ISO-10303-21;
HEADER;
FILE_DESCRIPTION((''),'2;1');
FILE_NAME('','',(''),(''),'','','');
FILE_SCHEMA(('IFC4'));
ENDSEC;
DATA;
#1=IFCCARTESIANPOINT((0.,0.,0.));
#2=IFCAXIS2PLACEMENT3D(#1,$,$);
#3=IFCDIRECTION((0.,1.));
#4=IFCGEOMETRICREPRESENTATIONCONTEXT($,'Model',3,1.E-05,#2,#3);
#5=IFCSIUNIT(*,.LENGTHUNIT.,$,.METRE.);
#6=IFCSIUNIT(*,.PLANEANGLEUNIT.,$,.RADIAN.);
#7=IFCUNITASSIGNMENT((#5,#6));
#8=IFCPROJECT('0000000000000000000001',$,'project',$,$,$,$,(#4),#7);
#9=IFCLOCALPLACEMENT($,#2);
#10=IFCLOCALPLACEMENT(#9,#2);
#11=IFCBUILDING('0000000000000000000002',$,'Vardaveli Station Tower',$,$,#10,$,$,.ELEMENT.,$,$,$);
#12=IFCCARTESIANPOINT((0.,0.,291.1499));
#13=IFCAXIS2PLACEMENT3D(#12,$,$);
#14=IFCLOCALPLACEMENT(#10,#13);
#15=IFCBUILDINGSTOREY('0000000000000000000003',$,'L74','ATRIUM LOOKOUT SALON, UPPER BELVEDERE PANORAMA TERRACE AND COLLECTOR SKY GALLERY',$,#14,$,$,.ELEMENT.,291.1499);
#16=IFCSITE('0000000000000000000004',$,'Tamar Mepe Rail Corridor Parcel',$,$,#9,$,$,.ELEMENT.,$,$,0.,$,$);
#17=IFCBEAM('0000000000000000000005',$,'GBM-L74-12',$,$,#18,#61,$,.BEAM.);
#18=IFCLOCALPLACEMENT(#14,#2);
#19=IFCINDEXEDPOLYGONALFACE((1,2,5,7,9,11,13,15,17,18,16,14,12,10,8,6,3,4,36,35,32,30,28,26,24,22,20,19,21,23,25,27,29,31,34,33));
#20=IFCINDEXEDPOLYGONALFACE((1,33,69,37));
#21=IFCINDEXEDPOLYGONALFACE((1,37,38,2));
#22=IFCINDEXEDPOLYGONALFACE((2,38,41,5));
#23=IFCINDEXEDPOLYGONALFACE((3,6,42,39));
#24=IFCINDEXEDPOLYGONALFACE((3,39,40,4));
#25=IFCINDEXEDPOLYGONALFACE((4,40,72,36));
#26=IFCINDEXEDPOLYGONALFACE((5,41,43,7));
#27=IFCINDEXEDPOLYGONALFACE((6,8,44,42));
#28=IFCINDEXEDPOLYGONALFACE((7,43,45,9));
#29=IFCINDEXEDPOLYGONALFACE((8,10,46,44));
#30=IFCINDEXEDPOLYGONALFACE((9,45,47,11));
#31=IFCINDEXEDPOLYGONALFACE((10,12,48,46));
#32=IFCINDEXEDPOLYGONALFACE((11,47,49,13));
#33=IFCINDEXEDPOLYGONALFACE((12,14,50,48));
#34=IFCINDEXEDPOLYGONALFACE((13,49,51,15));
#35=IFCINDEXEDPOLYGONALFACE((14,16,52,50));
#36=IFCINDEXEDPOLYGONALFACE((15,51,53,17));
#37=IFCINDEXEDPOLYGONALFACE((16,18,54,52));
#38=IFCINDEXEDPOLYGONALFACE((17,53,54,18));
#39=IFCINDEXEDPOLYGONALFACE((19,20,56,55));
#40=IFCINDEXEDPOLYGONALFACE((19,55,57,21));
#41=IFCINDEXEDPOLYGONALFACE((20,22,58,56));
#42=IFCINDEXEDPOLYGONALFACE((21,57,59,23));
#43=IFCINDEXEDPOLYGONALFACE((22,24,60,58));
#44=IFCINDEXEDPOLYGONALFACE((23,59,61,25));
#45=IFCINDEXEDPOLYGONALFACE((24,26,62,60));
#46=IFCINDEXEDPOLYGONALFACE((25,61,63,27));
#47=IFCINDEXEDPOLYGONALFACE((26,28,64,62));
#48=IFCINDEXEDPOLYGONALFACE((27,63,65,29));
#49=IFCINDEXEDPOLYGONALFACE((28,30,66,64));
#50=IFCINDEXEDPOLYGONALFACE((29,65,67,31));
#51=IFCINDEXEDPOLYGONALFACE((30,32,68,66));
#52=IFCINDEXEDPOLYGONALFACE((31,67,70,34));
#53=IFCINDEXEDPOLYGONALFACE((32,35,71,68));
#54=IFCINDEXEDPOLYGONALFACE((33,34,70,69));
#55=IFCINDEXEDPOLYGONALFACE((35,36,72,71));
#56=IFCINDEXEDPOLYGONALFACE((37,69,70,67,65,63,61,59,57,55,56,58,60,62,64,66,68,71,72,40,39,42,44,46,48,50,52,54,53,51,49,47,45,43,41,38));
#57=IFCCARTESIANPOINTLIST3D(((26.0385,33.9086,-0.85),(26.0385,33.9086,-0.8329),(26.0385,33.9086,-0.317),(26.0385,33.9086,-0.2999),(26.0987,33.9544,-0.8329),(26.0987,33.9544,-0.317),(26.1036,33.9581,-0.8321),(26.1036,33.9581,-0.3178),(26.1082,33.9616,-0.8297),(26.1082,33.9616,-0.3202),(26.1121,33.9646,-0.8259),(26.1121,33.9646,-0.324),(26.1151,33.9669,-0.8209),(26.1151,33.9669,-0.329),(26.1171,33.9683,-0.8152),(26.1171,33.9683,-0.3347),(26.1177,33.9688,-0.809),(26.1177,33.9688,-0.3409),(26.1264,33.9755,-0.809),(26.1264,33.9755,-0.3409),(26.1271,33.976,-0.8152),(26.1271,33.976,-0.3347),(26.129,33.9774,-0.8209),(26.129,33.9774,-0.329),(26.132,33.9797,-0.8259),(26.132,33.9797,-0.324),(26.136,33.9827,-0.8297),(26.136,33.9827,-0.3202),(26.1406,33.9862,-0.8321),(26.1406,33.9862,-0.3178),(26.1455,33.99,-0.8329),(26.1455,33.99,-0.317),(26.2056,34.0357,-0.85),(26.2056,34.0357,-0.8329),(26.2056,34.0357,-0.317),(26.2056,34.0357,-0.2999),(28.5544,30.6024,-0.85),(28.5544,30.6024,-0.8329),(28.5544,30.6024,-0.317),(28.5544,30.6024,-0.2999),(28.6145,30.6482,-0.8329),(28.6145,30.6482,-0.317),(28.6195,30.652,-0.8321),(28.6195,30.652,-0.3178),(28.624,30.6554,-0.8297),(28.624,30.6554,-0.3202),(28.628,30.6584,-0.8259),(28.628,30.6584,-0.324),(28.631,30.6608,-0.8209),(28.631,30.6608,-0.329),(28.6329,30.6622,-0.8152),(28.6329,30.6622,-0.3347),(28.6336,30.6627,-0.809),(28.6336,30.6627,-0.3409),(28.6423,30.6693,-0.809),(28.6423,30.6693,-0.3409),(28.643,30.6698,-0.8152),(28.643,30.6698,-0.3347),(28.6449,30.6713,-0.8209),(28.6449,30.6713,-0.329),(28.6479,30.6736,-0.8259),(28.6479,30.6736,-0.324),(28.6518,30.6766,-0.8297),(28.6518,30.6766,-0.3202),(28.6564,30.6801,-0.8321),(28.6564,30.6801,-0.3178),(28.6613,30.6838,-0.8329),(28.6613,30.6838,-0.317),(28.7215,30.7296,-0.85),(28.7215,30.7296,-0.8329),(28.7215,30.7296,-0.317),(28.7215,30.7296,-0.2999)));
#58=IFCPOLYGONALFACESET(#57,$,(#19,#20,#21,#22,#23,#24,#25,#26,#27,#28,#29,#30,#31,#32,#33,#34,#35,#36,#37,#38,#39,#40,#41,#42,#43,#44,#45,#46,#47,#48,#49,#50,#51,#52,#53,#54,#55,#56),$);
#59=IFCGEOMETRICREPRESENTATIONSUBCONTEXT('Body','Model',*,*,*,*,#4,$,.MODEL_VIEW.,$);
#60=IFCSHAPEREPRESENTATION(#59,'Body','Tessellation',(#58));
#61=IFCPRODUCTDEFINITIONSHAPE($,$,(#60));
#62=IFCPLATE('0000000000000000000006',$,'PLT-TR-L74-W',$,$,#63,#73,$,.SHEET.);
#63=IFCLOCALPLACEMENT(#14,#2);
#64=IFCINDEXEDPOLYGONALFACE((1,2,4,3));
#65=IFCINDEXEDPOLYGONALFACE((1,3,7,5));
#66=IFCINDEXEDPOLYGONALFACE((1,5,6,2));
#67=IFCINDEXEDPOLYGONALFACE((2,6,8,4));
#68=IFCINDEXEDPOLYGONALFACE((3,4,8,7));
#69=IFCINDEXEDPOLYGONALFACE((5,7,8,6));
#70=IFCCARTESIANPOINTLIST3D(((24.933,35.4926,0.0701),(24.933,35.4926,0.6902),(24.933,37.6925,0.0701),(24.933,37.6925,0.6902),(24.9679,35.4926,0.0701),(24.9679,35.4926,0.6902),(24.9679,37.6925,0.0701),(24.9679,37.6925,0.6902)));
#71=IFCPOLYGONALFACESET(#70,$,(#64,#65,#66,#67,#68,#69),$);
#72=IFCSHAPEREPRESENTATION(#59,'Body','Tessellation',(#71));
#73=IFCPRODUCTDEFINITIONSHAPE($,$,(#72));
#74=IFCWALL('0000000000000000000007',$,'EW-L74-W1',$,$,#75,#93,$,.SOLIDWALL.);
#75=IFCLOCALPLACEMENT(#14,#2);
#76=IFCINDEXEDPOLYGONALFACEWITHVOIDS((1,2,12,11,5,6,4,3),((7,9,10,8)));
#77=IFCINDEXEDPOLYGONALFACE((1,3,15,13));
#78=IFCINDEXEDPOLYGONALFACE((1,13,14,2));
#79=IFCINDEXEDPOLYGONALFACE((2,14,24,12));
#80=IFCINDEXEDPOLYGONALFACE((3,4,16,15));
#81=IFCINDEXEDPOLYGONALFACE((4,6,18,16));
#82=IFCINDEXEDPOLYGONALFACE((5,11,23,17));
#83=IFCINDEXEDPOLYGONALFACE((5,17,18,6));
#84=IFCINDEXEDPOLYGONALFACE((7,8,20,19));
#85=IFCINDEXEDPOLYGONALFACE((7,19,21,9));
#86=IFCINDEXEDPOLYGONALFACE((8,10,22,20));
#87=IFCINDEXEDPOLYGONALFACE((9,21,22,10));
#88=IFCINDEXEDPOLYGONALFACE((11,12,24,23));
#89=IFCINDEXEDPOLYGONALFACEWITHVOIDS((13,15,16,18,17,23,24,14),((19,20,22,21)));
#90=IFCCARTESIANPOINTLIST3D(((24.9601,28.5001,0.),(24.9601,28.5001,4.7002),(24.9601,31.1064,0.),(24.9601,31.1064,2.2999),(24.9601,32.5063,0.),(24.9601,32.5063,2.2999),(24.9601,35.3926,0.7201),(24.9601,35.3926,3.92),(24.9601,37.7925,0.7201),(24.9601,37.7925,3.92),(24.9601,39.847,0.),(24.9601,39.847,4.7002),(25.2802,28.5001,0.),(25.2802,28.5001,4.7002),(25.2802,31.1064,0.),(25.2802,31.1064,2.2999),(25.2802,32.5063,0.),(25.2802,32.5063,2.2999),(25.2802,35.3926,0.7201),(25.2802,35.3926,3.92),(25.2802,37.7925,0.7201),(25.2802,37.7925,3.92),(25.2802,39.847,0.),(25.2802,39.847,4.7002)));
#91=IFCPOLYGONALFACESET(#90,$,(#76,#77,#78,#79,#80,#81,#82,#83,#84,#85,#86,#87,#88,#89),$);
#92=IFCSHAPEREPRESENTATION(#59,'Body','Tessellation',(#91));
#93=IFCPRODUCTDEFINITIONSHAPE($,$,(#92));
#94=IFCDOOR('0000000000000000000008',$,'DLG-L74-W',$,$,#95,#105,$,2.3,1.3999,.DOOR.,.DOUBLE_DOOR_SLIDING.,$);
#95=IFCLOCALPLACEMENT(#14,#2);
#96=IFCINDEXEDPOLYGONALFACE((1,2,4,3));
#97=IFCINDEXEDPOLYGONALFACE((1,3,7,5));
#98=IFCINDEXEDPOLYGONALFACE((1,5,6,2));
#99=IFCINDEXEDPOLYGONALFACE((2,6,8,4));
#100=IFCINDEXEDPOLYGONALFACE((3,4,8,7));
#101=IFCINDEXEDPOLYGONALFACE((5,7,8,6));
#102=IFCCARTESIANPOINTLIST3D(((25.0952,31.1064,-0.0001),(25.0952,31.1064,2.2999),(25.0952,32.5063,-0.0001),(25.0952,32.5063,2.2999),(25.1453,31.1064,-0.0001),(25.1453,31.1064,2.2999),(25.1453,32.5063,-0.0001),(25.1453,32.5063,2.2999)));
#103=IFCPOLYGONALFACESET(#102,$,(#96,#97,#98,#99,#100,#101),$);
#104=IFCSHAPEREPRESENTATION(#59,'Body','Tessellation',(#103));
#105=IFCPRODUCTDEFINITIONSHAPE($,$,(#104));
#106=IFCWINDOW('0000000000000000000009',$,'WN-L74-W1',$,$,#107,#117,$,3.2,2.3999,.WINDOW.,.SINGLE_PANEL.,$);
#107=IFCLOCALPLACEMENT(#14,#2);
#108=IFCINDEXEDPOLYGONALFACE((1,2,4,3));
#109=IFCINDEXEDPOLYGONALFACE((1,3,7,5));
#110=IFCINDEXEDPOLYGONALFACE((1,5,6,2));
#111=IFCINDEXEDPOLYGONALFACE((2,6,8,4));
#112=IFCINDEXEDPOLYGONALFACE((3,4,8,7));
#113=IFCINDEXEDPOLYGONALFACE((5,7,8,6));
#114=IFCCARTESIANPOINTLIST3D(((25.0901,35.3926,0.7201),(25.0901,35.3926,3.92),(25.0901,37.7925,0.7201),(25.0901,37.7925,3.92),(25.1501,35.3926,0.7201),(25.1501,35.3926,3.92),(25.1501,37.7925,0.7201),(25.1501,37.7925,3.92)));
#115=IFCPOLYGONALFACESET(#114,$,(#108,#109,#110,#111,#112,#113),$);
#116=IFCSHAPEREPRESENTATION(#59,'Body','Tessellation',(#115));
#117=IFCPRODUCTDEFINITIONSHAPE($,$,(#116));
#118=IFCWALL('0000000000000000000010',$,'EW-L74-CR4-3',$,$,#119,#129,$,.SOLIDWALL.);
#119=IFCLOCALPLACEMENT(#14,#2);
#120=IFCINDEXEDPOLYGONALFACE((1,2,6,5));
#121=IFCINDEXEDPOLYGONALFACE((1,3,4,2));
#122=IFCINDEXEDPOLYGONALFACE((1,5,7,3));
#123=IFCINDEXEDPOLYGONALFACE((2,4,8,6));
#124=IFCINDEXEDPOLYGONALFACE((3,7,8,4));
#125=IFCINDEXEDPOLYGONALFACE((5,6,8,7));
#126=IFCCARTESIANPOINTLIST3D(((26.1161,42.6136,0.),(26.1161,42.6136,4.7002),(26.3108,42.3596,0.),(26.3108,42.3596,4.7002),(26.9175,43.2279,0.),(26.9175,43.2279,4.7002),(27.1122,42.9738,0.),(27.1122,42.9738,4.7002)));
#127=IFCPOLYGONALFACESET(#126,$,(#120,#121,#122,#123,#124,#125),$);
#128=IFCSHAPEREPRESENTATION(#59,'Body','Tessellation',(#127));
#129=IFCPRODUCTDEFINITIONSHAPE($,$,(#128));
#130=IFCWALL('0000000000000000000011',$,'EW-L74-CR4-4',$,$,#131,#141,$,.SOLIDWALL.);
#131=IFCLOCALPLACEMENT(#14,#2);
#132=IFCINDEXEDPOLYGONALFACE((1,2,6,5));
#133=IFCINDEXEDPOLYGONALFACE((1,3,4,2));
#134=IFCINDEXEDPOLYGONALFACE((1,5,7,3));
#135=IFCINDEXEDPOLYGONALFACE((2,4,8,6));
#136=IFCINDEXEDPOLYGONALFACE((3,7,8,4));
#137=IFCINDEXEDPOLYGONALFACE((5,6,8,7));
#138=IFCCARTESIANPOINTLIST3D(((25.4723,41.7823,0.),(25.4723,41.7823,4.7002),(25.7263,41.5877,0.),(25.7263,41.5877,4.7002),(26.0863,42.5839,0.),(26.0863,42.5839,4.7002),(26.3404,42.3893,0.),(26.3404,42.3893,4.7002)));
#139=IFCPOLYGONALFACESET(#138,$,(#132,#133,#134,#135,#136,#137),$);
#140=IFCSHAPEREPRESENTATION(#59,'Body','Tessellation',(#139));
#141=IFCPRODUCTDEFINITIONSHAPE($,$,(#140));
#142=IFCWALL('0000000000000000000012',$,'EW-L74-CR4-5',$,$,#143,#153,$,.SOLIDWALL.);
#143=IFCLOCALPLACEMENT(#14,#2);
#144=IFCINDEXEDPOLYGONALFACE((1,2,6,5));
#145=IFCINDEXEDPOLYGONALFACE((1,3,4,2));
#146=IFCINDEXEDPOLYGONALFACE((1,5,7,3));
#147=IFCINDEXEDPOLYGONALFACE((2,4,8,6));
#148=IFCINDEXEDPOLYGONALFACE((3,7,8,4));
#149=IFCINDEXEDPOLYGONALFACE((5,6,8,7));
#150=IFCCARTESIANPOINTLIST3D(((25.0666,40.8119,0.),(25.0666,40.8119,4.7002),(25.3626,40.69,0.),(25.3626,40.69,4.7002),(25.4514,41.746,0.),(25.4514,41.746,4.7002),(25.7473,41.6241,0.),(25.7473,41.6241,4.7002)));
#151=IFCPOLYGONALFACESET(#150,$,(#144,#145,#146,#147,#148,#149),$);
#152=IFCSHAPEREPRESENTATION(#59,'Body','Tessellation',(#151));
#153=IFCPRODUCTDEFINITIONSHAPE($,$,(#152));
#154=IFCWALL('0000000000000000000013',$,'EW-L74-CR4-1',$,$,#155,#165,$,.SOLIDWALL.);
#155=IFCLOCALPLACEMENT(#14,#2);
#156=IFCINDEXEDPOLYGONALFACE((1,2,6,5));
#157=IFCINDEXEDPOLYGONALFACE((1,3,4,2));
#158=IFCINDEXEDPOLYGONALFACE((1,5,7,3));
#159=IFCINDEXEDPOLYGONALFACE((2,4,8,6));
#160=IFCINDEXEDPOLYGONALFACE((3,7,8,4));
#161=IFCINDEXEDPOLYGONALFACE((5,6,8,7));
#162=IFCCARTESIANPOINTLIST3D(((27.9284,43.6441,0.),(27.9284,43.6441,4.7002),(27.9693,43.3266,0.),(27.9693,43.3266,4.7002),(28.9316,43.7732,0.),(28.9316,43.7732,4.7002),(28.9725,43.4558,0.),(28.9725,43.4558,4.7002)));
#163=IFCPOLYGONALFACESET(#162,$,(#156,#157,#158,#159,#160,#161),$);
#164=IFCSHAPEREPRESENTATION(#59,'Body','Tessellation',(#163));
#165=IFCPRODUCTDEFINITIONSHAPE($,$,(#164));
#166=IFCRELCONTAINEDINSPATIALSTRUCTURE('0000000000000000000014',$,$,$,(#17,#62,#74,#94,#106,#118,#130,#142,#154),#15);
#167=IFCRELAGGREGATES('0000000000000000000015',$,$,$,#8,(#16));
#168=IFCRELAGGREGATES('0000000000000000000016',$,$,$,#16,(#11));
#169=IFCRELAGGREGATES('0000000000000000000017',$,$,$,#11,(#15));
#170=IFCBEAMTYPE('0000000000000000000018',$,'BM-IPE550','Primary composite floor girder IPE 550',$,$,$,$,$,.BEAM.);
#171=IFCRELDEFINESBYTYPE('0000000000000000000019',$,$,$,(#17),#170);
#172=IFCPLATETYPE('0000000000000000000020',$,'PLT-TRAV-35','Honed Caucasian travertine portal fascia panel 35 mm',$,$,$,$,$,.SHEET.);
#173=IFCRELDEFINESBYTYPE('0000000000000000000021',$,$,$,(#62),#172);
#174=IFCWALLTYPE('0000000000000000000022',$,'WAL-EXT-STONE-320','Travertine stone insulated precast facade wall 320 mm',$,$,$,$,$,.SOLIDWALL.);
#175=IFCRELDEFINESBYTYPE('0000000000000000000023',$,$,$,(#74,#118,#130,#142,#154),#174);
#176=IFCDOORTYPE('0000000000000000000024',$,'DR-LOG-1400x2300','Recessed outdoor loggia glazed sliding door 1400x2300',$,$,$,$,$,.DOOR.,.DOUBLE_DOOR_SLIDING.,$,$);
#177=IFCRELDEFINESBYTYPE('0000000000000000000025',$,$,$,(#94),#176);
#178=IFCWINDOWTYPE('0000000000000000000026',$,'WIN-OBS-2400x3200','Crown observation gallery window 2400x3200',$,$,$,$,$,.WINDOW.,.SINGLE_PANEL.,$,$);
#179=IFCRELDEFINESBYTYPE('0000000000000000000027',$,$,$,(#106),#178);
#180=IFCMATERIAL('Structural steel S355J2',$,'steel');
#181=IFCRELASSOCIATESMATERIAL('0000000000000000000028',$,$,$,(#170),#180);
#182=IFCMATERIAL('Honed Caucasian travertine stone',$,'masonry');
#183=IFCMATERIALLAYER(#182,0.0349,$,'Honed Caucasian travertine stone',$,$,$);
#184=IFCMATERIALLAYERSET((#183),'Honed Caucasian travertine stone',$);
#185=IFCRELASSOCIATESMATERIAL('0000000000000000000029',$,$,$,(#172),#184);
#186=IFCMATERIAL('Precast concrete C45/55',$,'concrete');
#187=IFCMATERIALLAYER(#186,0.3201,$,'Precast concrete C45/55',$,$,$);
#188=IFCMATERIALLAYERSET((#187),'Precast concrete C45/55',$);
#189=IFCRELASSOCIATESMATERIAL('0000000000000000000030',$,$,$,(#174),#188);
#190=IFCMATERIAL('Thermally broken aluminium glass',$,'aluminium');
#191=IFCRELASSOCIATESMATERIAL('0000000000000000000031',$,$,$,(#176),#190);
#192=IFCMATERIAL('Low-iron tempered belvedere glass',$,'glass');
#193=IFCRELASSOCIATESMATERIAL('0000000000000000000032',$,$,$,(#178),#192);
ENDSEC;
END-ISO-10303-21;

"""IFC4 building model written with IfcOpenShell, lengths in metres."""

from ifc_helpers import new_model, si_unit, direction, frame, frame_2d, origin, origin_2d, place, context, subcontext, project, spatial, rectangle, i_section, extrude, source, transform, mapped, material, layer, layer_set, material_profile, profile_set, type_object, element, fill, save


model = new_model("IFC4")

# Units and contexts
model_context = context("Model", 3, precision=1e-05, world=origin(), true_north=direction((0.0, 1.0)))
body_context = subcontext(model_context, "Body", "Model", "MODEL_VIEW")
ifc_project = project(units=[si_unit("LENGTHUNIT", "METRE"), si_unit("PLANEANGLEUNIT", "RADIAN")], contexts=[model_context])

# Site, building, storey
site_placement = place(None, origin())
site = spatial("IfcSite", under=ifc_project, at=site_placement, Name="Tamar Mepe Rail Corridor Parcel", CompositionType="ELEMENT", RefElevation=0.0)
building_placement = place(site_placement, origin())
building = spatial("IfcBuilding", under=site, at=building_placement, Name="Vardaveli Station Tower", CompositionType="ELEMENT")
storey_placement = place(building_placement, frame((0.0, 0.0, 291.1499)))
storey = spatial("IfcBuildingStorey", under=building, at=storey_placement, Name="L74", Description="ATRIUM LOOKOUT SALON, UPPER BELVEDERE PANORAMA TERRACE AND COLLECTOR SKY GALLERY", CompositionType="ELEMENT", Elevation=291.1499)

# Shared definitions
ifc_material_1 = material(Name="Structural steel S355J2", Category="steel")

# Beam
ifc_material_2 = material(Name="Precast concrete C45/55", Category="concrete")
ifc_material_profile_1 = material_profile(ifc_material_1, i_section(OverallWidth=0.21, OverallDepth=0.55, WebThickness=0.011, FlangeThickness=0.0171, FilletRadius=0.0239, at=origin_2d()), Name="IPE 550")
ifc_profile_set_1 = profile_set([ifc_material_profile_1], Name="Structural steel S355J2")
beam_type_1 = type_object("IfcBeamType", Name="BM-IPE550", Description="Primary composite floor girder IPE 550", PredefinedType="BEAM", material=ifc_profile_set_1)
shared_shape_1 = source(origin(), body_context, "Body", "SweptSolid", [
    extrude(i_section(OverallWidth=0.21, OverallDepth=0.55, WebThickness=0.011, FlangeThickness=0.0171, FilletRadius=0.0239, at=origin_2d()), origin(), (0.0, 0.0, 1.0), 4.1545),
])
beam_1_placement = place(storey_placement, frame((26.1221, 33.9722, -0.575), z_axis=(0.60557, -0.795792, 0.0), x_axis=(0.795792, 0.60557, 0.0)))
element("IfcBeam", 1, at=beam_1_placement, inside=storey, type_object=beam_type_1, Name="GBM-L74-12", PredefinedType="BEAM", context=body_context, shape_type="MappedRepresentation", body=[
    mapped(shared_shape_1, transform((0.0, 0.0, 0.0), scale=1.0)),
])

# Plate
ifc_material_3 = material(Name="Honed Caucasian travertine stone", Category="masonry")
ifc_layer_1 = layer(ifc_material_3, 0.0349, Name="Honed Caucasian travertine stone")
ifc_layer_set_1 = layer_set([ifc_layer_1], Name="Honed Caucasian travertine stone")
plate_type = type_object("IfcPlateType", Name="PLT-TRAV-35", Description="Honed Caucasian travertine portal fascia panel 35 mm", PredefinedType="SHEET", material=ifc_layer_set_1)
shared_shape_2 = source(origin(), body_context, "Body", "SweptSolid", [
    extrude(rectangle(XDim=2.2, YDim=0.0349, at=origin_2d()), origin(), (0.0, 0.0, 1.0), 0.6201),
])
plate_placement = place(storey_placement, frame((24.9504, 36.5925, 0.0701), z_axis=(0.0, 0.0, 1.0), x_axis=(0.0, 1.0, 0.0)))
element("IfcPlate", 2, at=plate_placement, inside=storey, type_object=plate_type, Name="PLT-TR-L74-W", PredefinedType="SHEET", context=body_context, shape_type="MappedRepresentation", body=[
    mapped(shared_shape_2, transform((0.0, 0.0, 0.0), scale=1.0)),
])

# Wall, openings, door, window
ifc_layer_2 = layer(ifc_material_2, 0.3201, Name="Precast concrete C45/55")
ifc_layer_set_2 = layer_set([ifc_layer_2], Name="Precast concrete C45/55")
wall_type_1 = type_object("IfcWallType", Name="WAL-EXT-STONE-320", Description="Travertine stone insulated precast facade wall 320 mm", PredefinedType="SOLIDWALL", material=ifc_layer_set_2)
shared_shape_3 = source(origin(), body_context, "Body", "SweptSolid", [
    extrude(rectangle(XDim=11.3469, YDim=0.3201, at=frame_2d((5.6733, 0.0))), origin(), (0.0, 0.0, 1.0), 4.7002),
])
wall_1_placement = place(storey_placement, frame((25.1201, 39.8469, 0.0), z_axis=(0.0, 0.0, 1.0), x_axis=(0.0, -1.0, 0.0)))
wall_1 = element("IfcWall", 3, at=wall_1_placement, inside=storey, type_object=wall_type_1, Name="EW-L74-W1", PredefinedType="SOLIDWALL", context=body_context, shape_type="MappedRepresentation", body=[
    mapped(shared_shape_3, transform((0.0, 0.0, 0.0), scale=1.0)),
])
shared_shape_4 = source(origin(), body_context, "Body", "SweptSolid", [
    extrude(rectangle(XDim=1.3999, YDim=2.3, at=frame_2d((0.7, 1.1499))), frame((0.0, 0.1699, 0.0), z_axis=(0.0, -1.0, 0.0), x_axis=(1.0, 0.0, 0.0)), (0.0, 0.0, 1.0), 0.3401),
])
opening_1_placement = place(wall_1_placement, frame((7.3406, 0.0, 0.0)))
opening_1 = element("IfcOpeningElement", 4, at=opening_1_placement, cuts=wall_1, PredefinedType="OPENING", context=body_context, shape_type="MappedRepresentation", body=[
    mapped(shared_shape_4, transform((0.0, 0.0, 0.0), scale=1.0)),
])
shared_shape_5 = source(origin(), body_context, "Body", "SweptSolid", [
    extrude(rectangle(XDim=2.3999, YDim=3.2, at=frame_2d((1.2, 1.6001))), frame((0.0, 0.1699, 0.0), z_axis=(0.0, -1.0, 0.0), x_axis=(1.0, 0.0, 0.0)), (0.0, 0.0, 1.0), 0.3401),
])
opening_2_placement = place(wall_1_placement, frame((2.0544, 0.0, 0.72)))
opening_2 = element("IfcOpeningElement", 5, at=opening_2_placement, cuts=wall_1, PredefinedType="OPENING", context=body_context, shape_type="MappedRepresentation", body=[
    mapped(shared_shape_5, transform((0.0, 0.0, 0.0), scale=1.0)),
])
ifc_material_4 = material(Name="Thermally broken aluminium glass", Category="aluminium")
door_type = type_object("IfcDoorType", Name="DR-LOG-1400x2300", Description="Recessed outdoor loggia glazed sliding door 1400x2300", OperationType="DOUBLE_DOOR_SLIDING", PredefinedType="DOOR", material=ifc_material_4)
shared_shape_6 = source(origin(), body_context, "Body", "SweptSolid", [
    extrude(rectangle(XDim=1.3999, YDim=2.3, at=frame_2d((0.7, 1.1499))), frame((0.0, 0.0249, 0.0), z_axis=(0.0, -1.0, 0.0), x_axis=(1.0, 0.0, 0.0)), (0.0, 0.0, 1.0), 0.05),
])
door_placement = place(opening_1_placement, frame((1.3999, 0.0, 0.0), z_axis=(0.0, 0.0, 1.0), x_axis=(-1.0, 0.0, 0.0)))
door = element("IfcDoor", 6, at=door_placement, inside=storey, type_object=door_type, Name="DLG-L74-W", OperationType="DOUBLE_DOOR_SLIDING", OverallHeight=2.3, OverallWidth=1.3999, PredefinedType="DOOR", context=body_context, shape_type="MappedRepresentation", body=[
    mapped(shared_shape_6, transform((0.0, 0.0, 0.0), scale=1.0)),
])
fill(opening_1, door)
ifc_material_5 = material(Name="Low-iron tempered belvedere glass", Category="glass")
window_type = type_object("IfcWindowType", Name="WIN-OBS-2400x3200", Description="Crown observation gallery window 2400x3200", PartitioningType="SINGLE_PANEL", PredefinedType="WINDOW", material=ifc_material_5)
shared_shape_7 = source(origin(), body_context, "Body", "SweptSolid", [
    extrude(rectangle(XDim=2.3999, YDim=3.2, at=frame_2d((1.2, 1.6001))), frame((0.0, 0.03, 0.0), z_axis=(0.0, -1.0, 0.0), x_axis=(1.0, 0.0, 0.0)), (0.0, 0.0, 1.0), 0.0601),
])
window_placement = place(opening_2_placement, origin())
window = element("IfcWindow", 7, at=window_placement, inside=storey, type_object=window_type, Name="WN-L74-W1", OverallHeight=3.2, OverallWidth=2.3999, PartitioningType="SINGLE_PANEL", PredefinedType="WINDOW", context=body_context, shape_type="MappedRepresentation", body=[
    mapped(shared_shape_7, transform((0.0, 0.0, 0.0), scale=1.0)),
])
fill(opening_2, window)

# Walls
shared_shape_8 = source(origin(), body_context, "Body", "SweptSolid", [
    extrude(rectangle(XDim=1.0098, YDim=0.3201, at=frame_2d((0.5049, 0.0))), origin(), (0.0, 0.0, 1.0), 4.7002),
])
for number, where, z_axis, x_axis, name in (
    (8, (27.0149, 43.1008, 0.0), (0.0, 0.0, 1.0), (-0.793719, -0.608284, 0.0), "EW-L74-CR4-3"),
    (9, (26.2134, 42.4866, 0.0), (0.0, 0.0, 1.0), (-0.608132, -0.793836, 0.0), "EW-L74-CR4-4"),
):
    element("IfcWall", number, at=place(storey_placement, frame(where, z_axis=z_axis, x_axis=x_axis)), inside=storey, type_object=wall_type_1, Name=name, PredefinedType="SOLIDWALL", context=body_context, shape_type="MappedRepresentation", body=[
        mapped(shared_shape_8, transform((0.0, 0.0, 0.0), scale=1.0)),
    ])
shared_shape_9 = source(origin(), body_context, "Body", "SweptSolid", [
    extrude(rectangle(XDim=1.0103, YDim=0.3201, at=frame_2d((0.5051, 0.0))), origin(), (0.0, 0.0, 1.0), 4.7002),
])
wall_2_placement = place(storey_placement, frame((25.5994, 41.6851, 0.0), z_axis=(0.0, 0.0, 1.0), x_axis=(-0.380871, -0.924628, 0.0)))
element("IfcWall", 10, at=wall_2_placement, inside=storey, type_object=wall_type_1, Name="EW-L74-CR4-5", PredefinedType="SOLIDWALL", context=body_context, shape_type="MappedRepresentation", body=[
    mapped(shared_shape_9, transform((0.0, 0.0, 0.0), scale=1.0)),
])
shared_shape_10 = source(origin(), body_context, "Body", "SweptSolid", [
    extrude(rectangle(XDim=1.0115, YDim=0.3201, at=frame_2d((0.5059, 0.0))), origin(), (0.0, 0.0, 1.0), 4.7002),
])
for number, where, z_axis, x_axis, name in (
    (11, (28.9521, 43.6145, 0.0), (0.0, 0.0, 1.0), (-0.991814, -0.127688, 0.0), "EW-L74-CR4-1"),
):
    element("IfcWall", number, at=place(storey_placement, frame(where, z_axis=z_axis, x_axis=x_axis)), inside=storey, type_object=wall_type_1, Name=name, PredefinedType="SOLIDWALL", context=body_context, shape_type="MappedRepresentation", body=[
        mapped(shared_shape_10, transform((0.0, 0.0, 0.0), scale=1.0)),
    ])

save(model, "model.ifc")
